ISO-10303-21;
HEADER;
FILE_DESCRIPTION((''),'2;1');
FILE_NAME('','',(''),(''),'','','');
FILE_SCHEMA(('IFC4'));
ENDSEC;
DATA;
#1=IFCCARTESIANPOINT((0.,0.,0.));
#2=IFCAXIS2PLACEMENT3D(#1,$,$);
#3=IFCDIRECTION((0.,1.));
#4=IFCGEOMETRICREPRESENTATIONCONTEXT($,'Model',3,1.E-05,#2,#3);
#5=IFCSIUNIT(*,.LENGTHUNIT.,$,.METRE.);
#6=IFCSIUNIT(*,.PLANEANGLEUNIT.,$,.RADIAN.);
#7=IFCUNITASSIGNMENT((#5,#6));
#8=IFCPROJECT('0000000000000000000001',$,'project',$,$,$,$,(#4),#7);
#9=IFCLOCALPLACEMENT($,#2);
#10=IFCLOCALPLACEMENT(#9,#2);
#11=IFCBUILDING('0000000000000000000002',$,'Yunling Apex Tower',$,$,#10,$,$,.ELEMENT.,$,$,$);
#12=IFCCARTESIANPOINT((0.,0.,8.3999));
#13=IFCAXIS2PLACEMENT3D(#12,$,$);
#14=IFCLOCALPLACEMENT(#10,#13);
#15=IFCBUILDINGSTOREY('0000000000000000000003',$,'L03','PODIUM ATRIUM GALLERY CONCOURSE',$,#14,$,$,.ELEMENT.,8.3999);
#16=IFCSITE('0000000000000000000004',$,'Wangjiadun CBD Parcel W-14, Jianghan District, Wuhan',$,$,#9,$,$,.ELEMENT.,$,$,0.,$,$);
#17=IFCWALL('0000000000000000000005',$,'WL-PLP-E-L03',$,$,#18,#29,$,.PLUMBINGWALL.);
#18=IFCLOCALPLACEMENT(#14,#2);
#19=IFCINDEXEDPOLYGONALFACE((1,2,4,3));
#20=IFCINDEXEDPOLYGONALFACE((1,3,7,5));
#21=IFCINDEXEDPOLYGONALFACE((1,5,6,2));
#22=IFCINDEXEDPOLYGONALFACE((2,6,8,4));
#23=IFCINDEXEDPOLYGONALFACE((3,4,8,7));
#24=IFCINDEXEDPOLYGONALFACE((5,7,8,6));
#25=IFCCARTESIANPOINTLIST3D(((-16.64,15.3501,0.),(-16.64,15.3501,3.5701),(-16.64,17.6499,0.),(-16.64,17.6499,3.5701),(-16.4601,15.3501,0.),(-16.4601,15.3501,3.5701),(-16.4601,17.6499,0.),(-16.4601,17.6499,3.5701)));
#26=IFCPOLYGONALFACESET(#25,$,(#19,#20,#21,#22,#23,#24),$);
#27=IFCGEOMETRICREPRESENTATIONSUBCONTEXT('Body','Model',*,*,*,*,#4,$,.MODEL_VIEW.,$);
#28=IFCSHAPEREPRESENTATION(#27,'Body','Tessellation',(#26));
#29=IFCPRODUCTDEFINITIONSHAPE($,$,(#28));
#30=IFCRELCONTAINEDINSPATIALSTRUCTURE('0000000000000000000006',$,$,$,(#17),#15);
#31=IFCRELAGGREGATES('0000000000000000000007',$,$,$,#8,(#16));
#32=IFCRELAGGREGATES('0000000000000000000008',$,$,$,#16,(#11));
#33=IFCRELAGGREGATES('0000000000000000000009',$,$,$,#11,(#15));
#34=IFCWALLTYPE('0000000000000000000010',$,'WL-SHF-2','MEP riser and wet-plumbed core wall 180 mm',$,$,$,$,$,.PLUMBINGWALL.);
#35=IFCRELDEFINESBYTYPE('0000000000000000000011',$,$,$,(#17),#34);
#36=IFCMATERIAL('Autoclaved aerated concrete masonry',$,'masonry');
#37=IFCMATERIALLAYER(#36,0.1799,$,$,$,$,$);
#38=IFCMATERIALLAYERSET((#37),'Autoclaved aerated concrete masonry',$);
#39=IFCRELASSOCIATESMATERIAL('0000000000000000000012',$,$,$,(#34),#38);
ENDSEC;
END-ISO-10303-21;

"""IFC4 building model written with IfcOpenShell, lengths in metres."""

from ifc_helpers import new_model, si_unit, direction, frame, frame_2d, origin, place, context, subcontext, project, spatial, rectangle, extrude, material, layer, layer_set, type_object, element, save


model = new_model("IFC4")

# Units and contexts
model_context = context("Model", 3, precision=1e-05, world=origin(), true_north=direction((0.0, 1.0)))
body_context = subcontext(model_context, "Body", "Model", "MODEL_VIEW")
ifc_project = project(units=[si_unit("LENGTHUNIT", "METRE"), si_unit("PLANEANGLEUNIT", "RADIAN")], contexts=[model_context])

# Site, building, storey
site_placement = place(None, origin())
site = spatial("IfcSite", under=ifc_project, at=site_placement, Name="Wangjiadun CBD Parcel W-14, Jianghan District, Wuhan", CompositionType="ELEMENT", RefElevation=0.0)
building_placement = place(site_placement, origin())
building = spatial("IfcBuilding", under=site, at=building_placement, Name="Yunling Apex Tower", CompositionType="ELEMENT")
storey_placement = place(building_placement, frame((0.0, 0.0, 8.3999)))
storey = spatial("IfcBuildingStorey", under=building, at=storey_placement, Name="L03", Description="PODIUM ATRIUM GALLERY CONCOURSE", CompositionType="ELEMENT", Elevation=8.3999)

# Shared definitions
ifc_material_1 = material(Name="Autoclaved aerated concrete masonry", Category="masonry")
ifc_layer_1 = layer(ifc_material_1, 0.1799)
ifc_layer_set_1 = layer_set([ifc_layer_1], Name="Autoclaved aerated concrete masonry")
wall_type_1 = type_object("IfcWallType", Name="WL-SHF-2", Description="MEP riser and wet-plumbed core wall 180 mm", PredefinedType="PLUMBINGWALL", material=ifc_layer_set_1)

# Wall
for number, where, z_axis, x_axis, name in (
    (1, (-16.55, 15.3501, 0.0), (0.0, 0.0, 1.0), (0.0, 1.0, 0.0), "WL-PLP-E-L03"),
):
    element("IfcWall", number, at=place(storey_placement, frame(where, z_axis=z_axis, x_axis=x_axis)), inside=storey, type_object=wall_type_1, Name=name, PredefinedType="PLUMBINGWALL", context=body_context, shape_type="SweptSolid", body=[
        extrude(rectangle(XDim=2.2998, YDim=0.1799, at=frame_2d((1.1499, 0.0))), origin(), (0.0, 0.0, 1.0), 3.5701),
    ])

save(model, "model.ifc")
